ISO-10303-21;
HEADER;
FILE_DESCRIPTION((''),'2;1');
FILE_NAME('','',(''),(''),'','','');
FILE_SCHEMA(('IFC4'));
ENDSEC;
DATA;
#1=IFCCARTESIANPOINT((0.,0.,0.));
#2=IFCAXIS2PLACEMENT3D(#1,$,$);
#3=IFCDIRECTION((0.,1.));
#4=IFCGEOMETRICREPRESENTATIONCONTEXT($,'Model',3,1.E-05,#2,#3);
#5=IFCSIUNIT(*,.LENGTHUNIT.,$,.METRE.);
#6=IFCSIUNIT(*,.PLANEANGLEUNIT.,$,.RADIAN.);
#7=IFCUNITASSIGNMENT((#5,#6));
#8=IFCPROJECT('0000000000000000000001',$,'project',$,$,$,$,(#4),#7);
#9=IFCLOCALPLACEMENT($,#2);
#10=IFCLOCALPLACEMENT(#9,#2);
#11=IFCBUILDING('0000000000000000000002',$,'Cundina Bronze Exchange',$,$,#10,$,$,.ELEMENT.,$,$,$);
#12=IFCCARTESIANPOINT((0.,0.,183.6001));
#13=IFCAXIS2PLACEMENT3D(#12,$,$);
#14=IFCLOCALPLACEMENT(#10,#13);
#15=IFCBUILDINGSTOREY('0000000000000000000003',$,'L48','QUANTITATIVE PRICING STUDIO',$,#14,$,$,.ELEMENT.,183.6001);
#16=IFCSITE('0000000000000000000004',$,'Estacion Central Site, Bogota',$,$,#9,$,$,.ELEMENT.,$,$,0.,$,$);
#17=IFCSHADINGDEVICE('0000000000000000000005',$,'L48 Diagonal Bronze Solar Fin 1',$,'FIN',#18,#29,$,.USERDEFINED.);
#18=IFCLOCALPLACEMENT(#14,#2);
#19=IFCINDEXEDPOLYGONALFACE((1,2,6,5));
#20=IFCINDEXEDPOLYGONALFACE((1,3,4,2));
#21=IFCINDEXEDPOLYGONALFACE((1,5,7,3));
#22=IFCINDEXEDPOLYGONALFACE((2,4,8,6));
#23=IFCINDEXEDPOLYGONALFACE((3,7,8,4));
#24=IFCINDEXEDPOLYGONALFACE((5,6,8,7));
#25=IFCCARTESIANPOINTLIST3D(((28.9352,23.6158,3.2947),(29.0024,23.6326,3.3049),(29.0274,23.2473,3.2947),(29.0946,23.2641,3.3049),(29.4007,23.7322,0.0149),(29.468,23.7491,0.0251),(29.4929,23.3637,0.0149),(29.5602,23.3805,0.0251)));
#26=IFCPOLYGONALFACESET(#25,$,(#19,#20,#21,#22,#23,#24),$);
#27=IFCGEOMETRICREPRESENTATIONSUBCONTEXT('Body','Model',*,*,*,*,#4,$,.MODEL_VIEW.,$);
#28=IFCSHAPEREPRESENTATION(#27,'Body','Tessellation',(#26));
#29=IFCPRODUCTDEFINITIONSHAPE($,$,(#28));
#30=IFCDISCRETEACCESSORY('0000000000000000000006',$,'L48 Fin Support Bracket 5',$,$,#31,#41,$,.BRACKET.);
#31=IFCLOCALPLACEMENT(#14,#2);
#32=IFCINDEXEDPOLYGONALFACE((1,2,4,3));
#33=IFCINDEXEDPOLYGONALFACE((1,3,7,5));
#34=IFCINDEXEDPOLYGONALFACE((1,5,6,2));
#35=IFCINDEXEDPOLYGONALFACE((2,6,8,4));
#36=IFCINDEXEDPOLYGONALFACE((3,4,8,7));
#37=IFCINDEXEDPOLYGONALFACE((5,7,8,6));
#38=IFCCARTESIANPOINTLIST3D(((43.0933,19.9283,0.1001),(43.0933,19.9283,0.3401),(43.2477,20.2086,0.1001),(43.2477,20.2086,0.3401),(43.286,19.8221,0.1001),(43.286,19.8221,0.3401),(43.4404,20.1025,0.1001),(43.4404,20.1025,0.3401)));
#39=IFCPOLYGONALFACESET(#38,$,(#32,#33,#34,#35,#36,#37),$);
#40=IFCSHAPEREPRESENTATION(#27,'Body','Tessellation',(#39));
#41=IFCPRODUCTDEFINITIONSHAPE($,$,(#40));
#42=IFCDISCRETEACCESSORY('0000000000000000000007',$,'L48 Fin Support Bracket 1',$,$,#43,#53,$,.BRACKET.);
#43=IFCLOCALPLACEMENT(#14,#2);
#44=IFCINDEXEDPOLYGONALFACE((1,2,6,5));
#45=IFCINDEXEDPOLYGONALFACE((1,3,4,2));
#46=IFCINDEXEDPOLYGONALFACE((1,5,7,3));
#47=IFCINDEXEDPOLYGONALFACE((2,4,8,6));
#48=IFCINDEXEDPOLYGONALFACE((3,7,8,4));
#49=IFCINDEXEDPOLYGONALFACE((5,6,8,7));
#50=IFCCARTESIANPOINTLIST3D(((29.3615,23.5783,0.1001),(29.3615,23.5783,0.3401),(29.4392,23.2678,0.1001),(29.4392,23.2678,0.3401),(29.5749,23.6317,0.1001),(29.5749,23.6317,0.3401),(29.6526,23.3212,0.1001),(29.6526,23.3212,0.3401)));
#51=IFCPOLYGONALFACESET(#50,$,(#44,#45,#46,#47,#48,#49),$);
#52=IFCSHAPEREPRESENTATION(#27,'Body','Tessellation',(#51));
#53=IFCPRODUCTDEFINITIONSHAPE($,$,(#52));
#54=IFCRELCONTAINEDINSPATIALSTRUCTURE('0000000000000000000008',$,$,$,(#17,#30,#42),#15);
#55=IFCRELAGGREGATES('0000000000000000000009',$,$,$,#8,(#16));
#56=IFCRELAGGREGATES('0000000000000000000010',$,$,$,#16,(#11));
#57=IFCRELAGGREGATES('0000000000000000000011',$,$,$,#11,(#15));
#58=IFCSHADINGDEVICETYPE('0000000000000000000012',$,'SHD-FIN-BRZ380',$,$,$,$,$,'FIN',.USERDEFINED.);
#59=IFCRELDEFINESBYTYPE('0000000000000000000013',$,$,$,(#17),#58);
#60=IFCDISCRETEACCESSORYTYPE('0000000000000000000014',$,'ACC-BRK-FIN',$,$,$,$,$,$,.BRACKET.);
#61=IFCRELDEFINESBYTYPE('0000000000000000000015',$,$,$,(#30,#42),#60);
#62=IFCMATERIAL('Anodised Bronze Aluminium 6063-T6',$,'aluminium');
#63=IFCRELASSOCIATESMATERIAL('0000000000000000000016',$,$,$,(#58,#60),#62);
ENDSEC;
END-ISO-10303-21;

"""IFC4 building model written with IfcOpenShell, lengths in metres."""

from ifc_helpers import new_model, si_unit, direction, frame, origin, origin_2d, place, context, subcontext, project, spatial, rectangle, extrude, material, material_profile, profile_set, type_object, element, save


model = new_model("IFC4")

# Units and contexts
model_context = context("Model", 3, precision=1e-05, world=origin(), true_north=direction((0.0, 1.0)))
body_context = subcontext(model_context, "Body", "Model", "MODEL_VIEW")
ifc_project = project(units=[si_unit("LENGTHUNIT", "METRE"), si_unit("PLANEANGLEUNIT", "RADIAN")], contexts=[model_context])

# Site, building, storey
site_placement = place(None, origin())
site = spatial("IfcSite", under=ifc_project, at=site_placement, Name="Estacion Central Site, Bogota", CompositionType="ELEMENT", RefElevation=0.0)
building_placement = place(site_placement, origin())
building = spatial("IfcBuilding", under=site, at=building_placement, Name="Cundina Bronze Exchange", CompositionType="ELEMENT")
storey_placement = place(building_placement, frame((0.0, 0.0, 183.6001)))
storey = spatial("IfcBuildingStorey", under=building, at=storey_placement, Name="L48", Description="QUANTITATIVE PRICING STUDIO", CompositionType="ELEMENT", Elevation=183.6001)

# Shared definitions
ifc_material_1 = material(Name="Anodised Bronze Aluminium 6063-T6", Category="aluminium")

# Shading device
ifc_material_profile_1 = material_profile(ifc_material_1, rectangle(XDim=0.0701, YDim=0.3799, at=origin_2d()), Name="FIN70X380", Category="aluminium")
ifc_profile_set_1 = profile_set([ifc_material_profile_1], Name="Anodised Bronze Aluminium 6063-T6")
shading_device_type = type_object("IfcShadingDeviceType", Name="SHD-FIN-BRZ380", ElementType="FIN", PredefinedType="USERDEFINED", material=ifc_profile_set_1)
for number, where, z_axis, x_axis, name in (
    (1, (29.4805, 23.5564, 0.02), (-0.140458, -0.035133, 0.989463), (0.959891, 0.240099, 0.144785), "L48 Diagonal Bronze Solar Fin 1"),
):
    element("IfcShadingDevice", number, at=place(storey_placement, frame(where, z_axis=z_axis, x_axis=x_axis)), inside=storey, type_object=shading_device_type, Name=name, ObjectType="FIN", PredefinedType="USERDEFINED", context=body_context, shape_type="SweptSolid", body=[
        extrude(rectangle(XDim=0.0701, YDim=0.3799, at=origin_2d()), origin(), (0.0, 0.0, 1.0), 3.3147),
    ])

# Discrete accessories
discrete_accessory_type = type_object("IfcDiscreteAccessoryType", Name="ACC-BRK-FIN", PredefinedType="BRACKET", material=ifc_material_1)
for number, where, z_axis, x_axis, name in (
    (2, (43.2668, 20.0154, 0.1001), (0.0, 0.0, 1.0), (-0.875869, 0.482549, 0.0), "L48 Fin Support Bracket 5"),
    (3, (29.5071, 23.4497, 0.1001), (0.0, 0.0, 1.0), (-0.970093, -0.242735, 0.0), "L48 Fin Support Bracket 1"),
):
    element("IfcDiscreteAccessory", number, at=place(storey_placement, frame(where, z_axis=z_axis, x_axis=x_axis)), inside=storey, type_object=discrete_accessory_type, Name=name, PredefinedType="BRACKET", context=body_context, shape_type="SweptSolid", body=[
        extrude(rectangle(XDim=0.22, YDim=0.3201, at=origin_2d()), origin(), (0.0, 0.0, 1.0), 0.24),
    ])

save(model, "model.ifc")
